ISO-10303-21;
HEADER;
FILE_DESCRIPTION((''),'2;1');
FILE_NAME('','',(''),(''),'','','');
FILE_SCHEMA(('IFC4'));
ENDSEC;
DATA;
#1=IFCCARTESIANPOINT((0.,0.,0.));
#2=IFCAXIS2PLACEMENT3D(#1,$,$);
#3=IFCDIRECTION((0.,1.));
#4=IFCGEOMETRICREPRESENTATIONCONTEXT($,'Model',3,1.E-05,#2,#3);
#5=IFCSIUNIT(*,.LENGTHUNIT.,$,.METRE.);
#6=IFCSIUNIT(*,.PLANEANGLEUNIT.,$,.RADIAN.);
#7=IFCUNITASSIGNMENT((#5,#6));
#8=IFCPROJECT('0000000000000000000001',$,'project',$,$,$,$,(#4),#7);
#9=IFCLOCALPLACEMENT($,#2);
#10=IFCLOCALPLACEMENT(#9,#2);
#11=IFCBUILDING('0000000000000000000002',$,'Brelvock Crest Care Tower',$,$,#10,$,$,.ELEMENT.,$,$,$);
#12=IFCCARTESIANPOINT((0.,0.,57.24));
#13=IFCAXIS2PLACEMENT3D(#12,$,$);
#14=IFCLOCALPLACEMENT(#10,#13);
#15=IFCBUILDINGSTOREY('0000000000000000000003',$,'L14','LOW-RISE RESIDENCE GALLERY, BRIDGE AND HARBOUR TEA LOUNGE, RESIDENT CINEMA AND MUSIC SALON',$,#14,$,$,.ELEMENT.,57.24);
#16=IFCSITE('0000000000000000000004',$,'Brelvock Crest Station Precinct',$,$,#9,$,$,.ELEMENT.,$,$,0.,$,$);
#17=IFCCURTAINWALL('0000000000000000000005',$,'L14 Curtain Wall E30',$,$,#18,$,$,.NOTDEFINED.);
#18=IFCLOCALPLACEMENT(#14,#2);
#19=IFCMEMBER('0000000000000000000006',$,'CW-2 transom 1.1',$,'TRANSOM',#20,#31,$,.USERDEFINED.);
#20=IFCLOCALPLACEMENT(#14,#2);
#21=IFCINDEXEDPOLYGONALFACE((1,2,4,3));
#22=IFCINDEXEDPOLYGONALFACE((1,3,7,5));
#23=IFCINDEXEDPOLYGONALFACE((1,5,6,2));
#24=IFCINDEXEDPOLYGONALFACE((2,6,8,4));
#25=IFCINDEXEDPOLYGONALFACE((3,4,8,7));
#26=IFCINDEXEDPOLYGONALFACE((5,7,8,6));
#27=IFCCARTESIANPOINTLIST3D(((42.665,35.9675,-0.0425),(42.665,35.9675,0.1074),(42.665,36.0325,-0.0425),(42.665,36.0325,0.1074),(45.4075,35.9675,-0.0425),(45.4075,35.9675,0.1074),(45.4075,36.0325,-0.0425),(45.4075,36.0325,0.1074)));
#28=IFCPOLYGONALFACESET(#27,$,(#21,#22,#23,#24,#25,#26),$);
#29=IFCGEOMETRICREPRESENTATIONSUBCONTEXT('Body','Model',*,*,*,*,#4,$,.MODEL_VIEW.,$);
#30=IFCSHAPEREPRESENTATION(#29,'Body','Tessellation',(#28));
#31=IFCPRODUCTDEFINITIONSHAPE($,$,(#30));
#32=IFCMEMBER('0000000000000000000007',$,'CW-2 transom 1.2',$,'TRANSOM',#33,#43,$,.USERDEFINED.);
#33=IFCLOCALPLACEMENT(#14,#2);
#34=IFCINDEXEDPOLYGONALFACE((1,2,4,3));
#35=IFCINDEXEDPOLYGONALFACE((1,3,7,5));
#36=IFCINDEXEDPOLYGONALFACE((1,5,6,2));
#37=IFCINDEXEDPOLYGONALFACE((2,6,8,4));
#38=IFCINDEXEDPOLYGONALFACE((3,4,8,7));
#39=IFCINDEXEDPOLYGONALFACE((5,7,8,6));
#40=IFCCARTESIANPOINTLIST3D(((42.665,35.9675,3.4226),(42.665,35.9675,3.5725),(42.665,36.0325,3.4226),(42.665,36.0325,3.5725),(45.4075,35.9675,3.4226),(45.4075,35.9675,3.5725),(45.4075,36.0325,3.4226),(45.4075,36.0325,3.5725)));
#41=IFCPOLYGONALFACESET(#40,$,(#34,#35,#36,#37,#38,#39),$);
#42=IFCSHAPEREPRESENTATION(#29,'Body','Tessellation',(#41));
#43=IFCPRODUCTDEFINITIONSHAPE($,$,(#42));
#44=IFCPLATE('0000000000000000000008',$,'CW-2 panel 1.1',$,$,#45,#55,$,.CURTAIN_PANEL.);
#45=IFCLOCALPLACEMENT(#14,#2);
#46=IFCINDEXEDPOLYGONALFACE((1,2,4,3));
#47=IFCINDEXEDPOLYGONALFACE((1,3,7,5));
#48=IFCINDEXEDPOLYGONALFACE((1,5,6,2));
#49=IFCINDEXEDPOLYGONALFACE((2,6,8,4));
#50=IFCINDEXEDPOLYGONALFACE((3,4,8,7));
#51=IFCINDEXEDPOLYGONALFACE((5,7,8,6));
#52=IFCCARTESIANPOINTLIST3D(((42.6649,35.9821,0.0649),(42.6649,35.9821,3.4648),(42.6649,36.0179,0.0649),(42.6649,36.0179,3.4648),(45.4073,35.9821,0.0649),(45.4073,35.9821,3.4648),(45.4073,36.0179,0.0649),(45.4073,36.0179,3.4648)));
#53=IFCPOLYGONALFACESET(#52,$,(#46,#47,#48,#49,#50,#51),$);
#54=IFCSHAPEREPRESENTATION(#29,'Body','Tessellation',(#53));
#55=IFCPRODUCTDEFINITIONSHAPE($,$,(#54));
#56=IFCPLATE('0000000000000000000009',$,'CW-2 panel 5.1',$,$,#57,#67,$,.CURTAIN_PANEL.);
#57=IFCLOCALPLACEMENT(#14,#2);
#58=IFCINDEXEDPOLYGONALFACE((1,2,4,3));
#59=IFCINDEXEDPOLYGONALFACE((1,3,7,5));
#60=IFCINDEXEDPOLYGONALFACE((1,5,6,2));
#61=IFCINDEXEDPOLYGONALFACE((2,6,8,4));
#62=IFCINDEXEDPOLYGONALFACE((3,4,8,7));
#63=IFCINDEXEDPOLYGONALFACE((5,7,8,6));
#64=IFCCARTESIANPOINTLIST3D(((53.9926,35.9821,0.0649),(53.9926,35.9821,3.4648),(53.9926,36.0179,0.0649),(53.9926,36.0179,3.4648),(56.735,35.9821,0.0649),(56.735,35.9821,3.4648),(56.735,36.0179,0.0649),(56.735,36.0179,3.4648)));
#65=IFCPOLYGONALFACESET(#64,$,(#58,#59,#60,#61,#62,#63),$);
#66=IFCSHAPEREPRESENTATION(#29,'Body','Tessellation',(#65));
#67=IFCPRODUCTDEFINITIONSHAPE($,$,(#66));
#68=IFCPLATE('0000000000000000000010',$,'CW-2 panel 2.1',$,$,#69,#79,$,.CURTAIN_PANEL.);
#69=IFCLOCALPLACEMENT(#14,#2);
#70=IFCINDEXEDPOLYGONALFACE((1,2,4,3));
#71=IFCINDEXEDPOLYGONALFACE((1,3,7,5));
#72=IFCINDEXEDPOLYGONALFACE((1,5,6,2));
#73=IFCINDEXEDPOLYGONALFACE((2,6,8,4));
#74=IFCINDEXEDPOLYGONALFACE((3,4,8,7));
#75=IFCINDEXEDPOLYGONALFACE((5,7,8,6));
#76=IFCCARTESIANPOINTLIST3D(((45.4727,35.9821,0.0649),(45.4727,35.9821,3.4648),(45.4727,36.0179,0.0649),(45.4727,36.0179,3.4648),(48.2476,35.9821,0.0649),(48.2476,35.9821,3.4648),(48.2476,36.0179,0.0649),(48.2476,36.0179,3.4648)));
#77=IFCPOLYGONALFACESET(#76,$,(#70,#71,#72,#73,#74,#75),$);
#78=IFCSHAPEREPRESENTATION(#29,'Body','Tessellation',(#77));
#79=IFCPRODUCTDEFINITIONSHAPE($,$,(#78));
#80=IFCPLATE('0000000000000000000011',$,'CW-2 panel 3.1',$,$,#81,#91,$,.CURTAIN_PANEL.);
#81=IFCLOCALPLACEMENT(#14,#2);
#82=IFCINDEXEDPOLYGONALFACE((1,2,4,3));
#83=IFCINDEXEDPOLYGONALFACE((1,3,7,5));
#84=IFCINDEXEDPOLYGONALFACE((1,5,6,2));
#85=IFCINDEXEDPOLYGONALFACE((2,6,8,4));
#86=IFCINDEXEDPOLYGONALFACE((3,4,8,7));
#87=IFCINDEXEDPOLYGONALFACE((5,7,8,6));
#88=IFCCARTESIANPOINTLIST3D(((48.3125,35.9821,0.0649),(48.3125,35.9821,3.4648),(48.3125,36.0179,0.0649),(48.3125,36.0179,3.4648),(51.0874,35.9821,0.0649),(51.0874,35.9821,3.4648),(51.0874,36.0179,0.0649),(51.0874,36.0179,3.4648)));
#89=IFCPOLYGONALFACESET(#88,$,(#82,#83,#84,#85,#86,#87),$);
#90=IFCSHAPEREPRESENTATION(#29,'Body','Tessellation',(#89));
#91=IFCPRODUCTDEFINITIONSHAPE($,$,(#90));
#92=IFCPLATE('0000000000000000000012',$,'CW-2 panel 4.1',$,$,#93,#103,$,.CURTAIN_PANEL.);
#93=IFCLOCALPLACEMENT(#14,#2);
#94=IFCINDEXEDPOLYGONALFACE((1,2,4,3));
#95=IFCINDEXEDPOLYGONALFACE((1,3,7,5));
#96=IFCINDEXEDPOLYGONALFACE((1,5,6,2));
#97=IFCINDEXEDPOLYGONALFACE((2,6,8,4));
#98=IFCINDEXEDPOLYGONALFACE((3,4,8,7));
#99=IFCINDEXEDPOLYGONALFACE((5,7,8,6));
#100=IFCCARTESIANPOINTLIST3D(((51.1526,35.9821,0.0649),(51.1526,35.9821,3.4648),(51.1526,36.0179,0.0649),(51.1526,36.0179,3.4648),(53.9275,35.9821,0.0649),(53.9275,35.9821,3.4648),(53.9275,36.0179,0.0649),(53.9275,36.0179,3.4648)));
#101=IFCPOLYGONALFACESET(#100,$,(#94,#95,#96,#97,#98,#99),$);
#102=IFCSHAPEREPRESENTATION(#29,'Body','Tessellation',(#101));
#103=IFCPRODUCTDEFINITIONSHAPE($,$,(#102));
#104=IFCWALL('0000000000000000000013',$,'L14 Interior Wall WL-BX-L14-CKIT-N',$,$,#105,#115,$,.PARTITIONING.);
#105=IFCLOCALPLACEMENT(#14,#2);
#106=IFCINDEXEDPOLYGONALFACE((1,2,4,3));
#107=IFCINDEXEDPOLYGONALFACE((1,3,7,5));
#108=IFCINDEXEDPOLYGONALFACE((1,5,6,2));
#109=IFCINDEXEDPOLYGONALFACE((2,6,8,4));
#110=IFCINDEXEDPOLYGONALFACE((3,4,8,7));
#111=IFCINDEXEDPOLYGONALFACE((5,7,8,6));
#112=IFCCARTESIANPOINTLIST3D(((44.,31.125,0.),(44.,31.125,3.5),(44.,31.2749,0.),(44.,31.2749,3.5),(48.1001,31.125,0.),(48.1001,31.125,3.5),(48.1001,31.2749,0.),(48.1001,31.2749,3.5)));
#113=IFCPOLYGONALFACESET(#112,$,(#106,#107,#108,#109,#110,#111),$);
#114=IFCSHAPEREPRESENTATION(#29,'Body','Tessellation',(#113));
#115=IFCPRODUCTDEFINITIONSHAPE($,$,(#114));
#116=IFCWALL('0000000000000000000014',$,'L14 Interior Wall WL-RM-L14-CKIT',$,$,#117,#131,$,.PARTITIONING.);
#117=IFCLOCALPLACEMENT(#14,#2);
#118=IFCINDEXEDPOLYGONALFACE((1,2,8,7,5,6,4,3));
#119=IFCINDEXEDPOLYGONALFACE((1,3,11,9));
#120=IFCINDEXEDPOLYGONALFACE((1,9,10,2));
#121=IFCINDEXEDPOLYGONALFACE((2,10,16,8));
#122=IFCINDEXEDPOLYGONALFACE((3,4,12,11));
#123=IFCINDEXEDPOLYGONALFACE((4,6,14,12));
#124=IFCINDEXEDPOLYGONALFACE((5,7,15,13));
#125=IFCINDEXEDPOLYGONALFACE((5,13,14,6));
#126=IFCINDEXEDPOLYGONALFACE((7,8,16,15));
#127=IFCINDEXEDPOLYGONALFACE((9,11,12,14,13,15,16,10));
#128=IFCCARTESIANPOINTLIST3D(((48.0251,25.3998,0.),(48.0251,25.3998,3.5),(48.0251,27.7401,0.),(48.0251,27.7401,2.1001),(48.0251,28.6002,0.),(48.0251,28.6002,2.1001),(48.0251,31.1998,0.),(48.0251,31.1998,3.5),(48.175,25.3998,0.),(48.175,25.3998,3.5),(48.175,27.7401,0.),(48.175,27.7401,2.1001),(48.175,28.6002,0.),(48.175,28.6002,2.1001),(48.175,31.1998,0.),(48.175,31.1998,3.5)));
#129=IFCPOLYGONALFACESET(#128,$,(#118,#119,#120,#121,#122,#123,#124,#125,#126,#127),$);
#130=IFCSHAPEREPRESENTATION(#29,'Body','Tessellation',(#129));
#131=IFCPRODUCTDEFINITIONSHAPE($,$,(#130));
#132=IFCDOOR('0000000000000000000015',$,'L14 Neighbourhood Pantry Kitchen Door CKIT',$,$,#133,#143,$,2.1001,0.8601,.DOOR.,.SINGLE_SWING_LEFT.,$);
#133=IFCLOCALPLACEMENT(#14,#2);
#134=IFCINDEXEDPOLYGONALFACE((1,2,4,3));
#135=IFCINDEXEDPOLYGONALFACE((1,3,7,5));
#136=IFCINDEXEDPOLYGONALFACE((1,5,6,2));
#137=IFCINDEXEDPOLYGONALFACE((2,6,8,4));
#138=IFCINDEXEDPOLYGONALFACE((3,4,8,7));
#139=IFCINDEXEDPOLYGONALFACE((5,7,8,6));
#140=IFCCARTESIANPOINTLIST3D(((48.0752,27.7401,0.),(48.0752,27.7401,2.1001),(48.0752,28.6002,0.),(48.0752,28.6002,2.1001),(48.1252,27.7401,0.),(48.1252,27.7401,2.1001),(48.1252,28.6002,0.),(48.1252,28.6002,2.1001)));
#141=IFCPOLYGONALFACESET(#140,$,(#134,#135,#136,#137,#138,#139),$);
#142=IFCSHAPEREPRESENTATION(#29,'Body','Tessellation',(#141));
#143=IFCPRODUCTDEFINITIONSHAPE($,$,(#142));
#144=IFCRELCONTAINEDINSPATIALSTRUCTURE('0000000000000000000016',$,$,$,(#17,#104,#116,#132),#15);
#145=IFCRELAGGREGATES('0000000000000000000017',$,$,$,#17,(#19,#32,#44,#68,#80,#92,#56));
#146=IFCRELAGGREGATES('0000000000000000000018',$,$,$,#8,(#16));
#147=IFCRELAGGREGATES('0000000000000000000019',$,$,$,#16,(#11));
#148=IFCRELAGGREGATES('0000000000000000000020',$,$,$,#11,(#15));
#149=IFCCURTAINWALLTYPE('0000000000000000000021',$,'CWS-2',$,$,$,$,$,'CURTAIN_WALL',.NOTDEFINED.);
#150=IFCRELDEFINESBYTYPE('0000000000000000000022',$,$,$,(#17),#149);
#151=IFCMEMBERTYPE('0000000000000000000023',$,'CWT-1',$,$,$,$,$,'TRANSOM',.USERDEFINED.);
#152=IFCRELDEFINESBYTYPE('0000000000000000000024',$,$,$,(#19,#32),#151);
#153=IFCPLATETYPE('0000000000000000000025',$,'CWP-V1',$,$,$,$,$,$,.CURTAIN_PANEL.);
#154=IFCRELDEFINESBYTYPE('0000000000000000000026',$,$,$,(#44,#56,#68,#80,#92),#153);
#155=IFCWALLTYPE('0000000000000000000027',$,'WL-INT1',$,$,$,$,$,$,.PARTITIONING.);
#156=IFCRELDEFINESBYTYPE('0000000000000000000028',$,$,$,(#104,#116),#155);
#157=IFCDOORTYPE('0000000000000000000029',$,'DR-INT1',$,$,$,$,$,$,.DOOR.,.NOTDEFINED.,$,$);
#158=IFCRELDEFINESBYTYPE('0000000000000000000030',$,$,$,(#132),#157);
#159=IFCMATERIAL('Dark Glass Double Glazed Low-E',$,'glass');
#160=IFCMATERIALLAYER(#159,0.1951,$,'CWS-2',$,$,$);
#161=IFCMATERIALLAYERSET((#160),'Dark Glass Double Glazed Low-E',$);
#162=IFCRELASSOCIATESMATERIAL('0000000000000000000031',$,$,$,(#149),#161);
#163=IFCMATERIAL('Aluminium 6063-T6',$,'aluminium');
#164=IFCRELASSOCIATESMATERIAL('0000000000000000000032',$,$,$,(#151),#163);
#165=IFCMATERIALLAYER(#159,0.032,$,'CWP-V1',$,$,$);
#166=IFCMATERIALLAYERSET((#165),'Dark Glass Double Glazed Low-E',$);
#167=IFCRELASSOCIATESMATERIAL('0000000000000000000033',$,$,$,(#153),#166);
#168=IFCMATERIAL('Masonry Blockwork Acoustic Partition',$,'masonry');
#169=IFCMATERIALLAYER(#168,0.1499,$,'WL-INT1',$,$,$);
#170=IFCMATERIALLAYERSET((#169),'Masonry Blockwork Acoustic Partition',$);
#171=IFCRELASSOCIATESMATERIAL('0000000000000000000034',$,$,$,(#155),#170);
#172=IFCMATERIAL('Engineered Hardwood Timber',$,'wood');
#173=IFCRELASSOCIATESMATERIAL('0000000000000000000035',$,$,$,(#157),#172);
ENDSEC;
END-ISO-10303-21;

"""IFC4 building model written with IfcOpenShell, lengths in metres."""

from ifc_helpers import new_model, si_unit, direction, frame, frame_2d, origin, origin_2d, place, context, subcontext, project, spatial, rectangle, extrude, source, transform, mapped, material, layer, layer_set, material_profile, profile_set, type_object, element, fill, aggregate, save


model = new_model("IFC4")

# Units and contexts
model_context = context("Model", 3, precision=1e-05, world=origin(), true_north=direction((0.0, 1.0)))
body_context = subcontext(model_context, "Body", "Model", "MODEL_VIEW")
ifc_project = project(units=[si_unit("LENGTHUNIT", "METRE"), si_unit("PLANEANGLEUNIT", "RADIAN")], contexts=[model_context])

# Site, building, storey
site_placement = place(None, origin())
site = spatial("IfcSite", under=ifc_project, at=site_placement, Name="Brelvock Crest Station Precinct", CompositionType="ELEMENT", RefElevation=0.0)
building_placement = place(site_placement, origin())
building = spatial("IfcBuilding", under=site, at=building_placement, Name="Brelvock Crest Care Tower", CompositionType="ELEMENT")
storey_placement = place(building_placement, frame((0.0, 0.0, 57.24)))
storey = spatial("IfcBuildingStorey", under=building, at=storey_placement, Name="L14", Description="LOW-RISE RESIDENCE GALLERY, BRIDGE AND HARBOUR TEA LOUNGE, RESIDENT CINEMA AND MUSIC SALON", CompositionType="ELEMENT", Elevation=57.24)

# Curtain wall, members, plates
ifc_material_1 = material(Name="Dark Glass Double Glazed Low-E", Category="glass")
ifc_layer_1 = layer(ifc_material_1, 0.1951, Name="CWS-2")
ifc_layer_set_1 = layer_set([ifc_layer_1], Name="Dark Glass Double Glazed Low-E")
curtain_wall_type = type_object("IfcCurtainWallType", Name="CWS-2", ElementType="CURTAIN_WALL", PredefinedType="NOTDEFINED", material=ifc_layer_set_1)
curtain_wall_placement = place(storey_placement, origin())
curtain_wall = element("IfcCurtainWall", 1, at=curtain_wall_placement, inside=storey, type_object=curtain_wall_type, Name="L14 Curtain Wall E30", PredefinedType="NOTDEFINED")
ifc_material_2 = material(Name="Aluminium 6063-T6", Category="aluminium")
ifc_material_profile_1 = material_profile(ifc_material_2, rectangle(XDim=0.0649, YDim=0.1499, at=origin_2d()), Name="ALU65x150")
ifc_profile_set_1 = profile_set([ifc_material_profile_1], Name="Aluminium 6063-T6")
member_type_1 = type_object("IfcMemberType", Name="CWT-1", ElementType="TRANSOM", PredefinedType="USERDEFINED", material=ifc_profile_set_1)
shared_shape_1 = source(origin(), body_context, "Body", "SweptSolid", [
    extrude(rectangle(XDim=0.0649, YDim=0.1499, at=origin_2d()), origin(), (0.0, 0.0, 1.0), 2.7424),
])
member_1_placement = place(storey_placement, frame((42.665, 36.0, 0.0325), z_axis=(1.0, 0.0, 0.0), x_axis=(0.0, 1.0, 0.0)))
member_1 = element("IfcMember", 2, at=member_1_placement, type_object=member_type_1, Name="CW-2 transom 1.1", ObjectType="TRANSOM", PredefinedType="USERDEFINED", context=body_context, shape_type="MappedRepresentation", body=[
    mapped(shared_shape_1, transform((0.0, 0.0, 0.0), x_axis=(1.0, 0.0, 0.0), y_axis=(0.0, 1.0, 0.0), z_axis=(0.0, 0.0, 1.0), scale=1.0)),
])
member_2_placement = place(storey_placement, frame((42.665, 36.0, 3.4976), z_axis=(1.0, 0.0, 0.0), x_axis=(0.0, 1.0, 0.0)))
member_2 = element("IfcMember", 3, at=member_2_placement, type_object=member_type_1, Name="CW-2 transom 1.2", ObjectType="TRANSOM", PredefinedType="USERDEFINED", context=body_context, shape_type="MappedRepresentation", body=[
    mapped(shared_shape_1, transform((0.0, 0.0, 0.0), x_axis=(1.0, 0.0, 0.0), y_axis=(0.0, 1.0, 0.0), z_axis=(0.0, 0.0, 1.0), scale=1.0)),
])
ifc_layer_2 = layer(ifc_material_1, 0.032, Name="CWP-V1")
ifc_layer_set_2 = layer_set([ifc_layer_2], Name="Dark Glass Double Glazed Low-E")
plate_type = type_object("IfcPlateType", Name="CWP-V1", PredefinedType="CURTAIN_PANEL", material=ifc_layer_set_2)
shared_shape_2 = source(origin(), body_context, "Body", "SweptSolid", [
    extrude(rectangle(XDim=2.7424, YDim=0.0359, at=origin_2d()), origin(), (0.0, 0.0, 1.0), 3.3999),
])
plate_1_placement = place(storey_placement, frame((44.0361, 36.0, 0.0649), z_axis=(0.0, 0.0, 1.0), x_axis=(1.0, 0.0, 0.0)))
plate_1 = element("IfcPlate", 4, at=plate_1_placement, type_object=plate_type, Name="CW-2 panel 1.1", PredefinedType="CURTAIN_PANEL", context=body_context, shape_type="MappedRepresentation", body=[
    mapped(shared_shape_2, transform((0.0, 0.0, 0.0), x_axis=(1.0, 0.0, 0.0), y_axis=(0.0, 1.0, 0.0), z_axis=(0.0, 0.0, 1.0), scale=1.0)),
])
plate_2_placement = place(storey_placement, frame((55.3638, 36.0, 0.0649), z_axis=(0.0, 0.0, 1.0), x_axis=(1.0, 0.0, 0.0)))
plate_2 = element("IfcPlate", 5, at=plate_2_placement, type_object=plate_type, Name="CW-2 panel 5.1", PredefinedType="CURTAIN_PANEL", context=body_context, shape_type="MappedRepresentation", body=[
    mapped(shared_shape_2, transform((0.0, 0.0, 0.0), x_axis=(1.0, 0.0, 0.0), y_axis=(0.0, 1.0, 0.0), z_axis=(0.0, 0.0, 1.0), scale=1.0)),
])
shared_shape_3 = source(origin(), body_context, "Body", "SweptSolid", [
    extrude(rectangle(XDim=2.7749, YDim=0.0359, at=origin_2d()), origin(), (0.0, 0.0, 1.0), 3.3999),
])
plate_3_placement = place(storey_placement, frame((46.8601, 36.0, 0.0649), z_axis=(0.0, 0.0, 1.0), x_axis=(1.0, 0.0, 0.0)))
plate_3 = element("IfcPlate", 6, at=plate_3_placement, type_object=plate_type, Name="CW-2 panel 2.1", PredefinedType="CURTAIN_PANEL", context=body_context, shape_type="MappedRepresentation", body=[
    mapped(shared_shape_3, transform((0.0, 0.0, 0.0), x_axis=(1.0, 0.0, 0.0), y_axis=(0.0, 1.0, 0.0), z_axis=(0.0, 0.0, 1.0), scale=1.0)),
])
plate_4_placement = place(storey_placement, frame((49.7, 36.0, 0.0649), z_axis=(0.0, 0.0, 1.0), x_axis=(1.0, 0.0, 0.0)))
plate_4 = element("IfcPlate", 7, at=plate_4_placement, type_object=plate_type, Name="CW-2 panel 3.1", PredefinedType="CURTAIN_PANEL", context=body_context, shape_type="MappedRepresentation", body=[
    mapped(shared_shape_3, transform((0.0, 0.0, 0.0), x_axis=(1.0, 0.0, 0.0), y_axis=(0.0, 1.0, 0.0), z_axis=(0.0, 0.0, 1.0), scale=1.0)),
])
plate_5_placement = place(storey_placement, frame((52.54, 36.0, 0.0649), z_axis=(0.0, 0.0, 1.0), x_axis=(1.0, 0.0, 0.0)))
plate_5 = element("IfcPlate", 8, at=plate_5_placement, type_object=plate_type, Name="CW-2 panel 4.1", PredefinedType="CURTAIN_PANEL", context=body_context, shape_type="MappedRepresentation", body=[
    mapped(shared_shape_3, transform((0.0, 0.0, 0.0), x_axis=(1.0, 0.0, 0.0), y_axis=(0.0, 1.0, 0.0), z_axis=(0.0, 0.0, 1.0), scale=1.0)),
])
aggregate(curtain_wall, [member_1, member_2, plate_1, plate_3, plate_4, plate_5, plate_2])

# Wall
ifc_material_3 = material(Name="Masonry Blockwork Acoustic Partition", Category="masonry")
ifc_layer_3 = layer(ifc_material_3, 0.1499, Name="WL-INT1")
ifc_layer_set_3 = layer_set([ifc_layer_3], Name="Masonry Blockwork Acoustic Partition")
wall_type_1 = type_object("IfcWallType", Name="WL-INT1", PredefinedType="PARTITIONING", material=ifc_layer_set_3)
wall_1_placement = place(storey_placement, frame((44.0, 31.2, 0.0), z_axis=(0.0, 0.0, 1.0), x_axis=(1.0, 0.0, 0.0)))
element("IfcWall", 9, at=wall_1_placement, inside=storey, type_object=wall_type_1, Name="L14 Interior Wall WL-BX-L14-CKIT-N", PredefinedType="PARTITIONING", context=body_context, shape_type="SweptSolid", body=[
    extrude(rectangle(XDim=4.1001, YDim=0.1499, at=frame_2d((2.05, 0.0))), origin(), (0.0, 0.0, 1.0), 3.5),
])

# Wall, opening, door
wall_2_placement = place(storey_placement, frame((48.1001, 25.3999, 0.0), z_axis=(0.0, 0.0, 1.0), x_axis=(0.0, 1.0, 0.0)))
wall_2 = element("IfcWall", 10, at=wall_2_placement, inside=storey, type_object=wall_type_1, Name="L14 Interior Wall WL-RM-L14-CKIT", PredefinedType="PARTITIONING", context=body_context, shape_type="SweptSolid", body=[
    extrude(rectangle(XDim=5.8, YDim=0.1499, at=frame_2d((2.8999, 0.0))), origin(), (0.0, 0.0, 1.0), 3.5),
])
opening_1_placement = place(wall_2_placement, frame((2.3401, 0.0, 0.0)))
opening_1 = element("IfcOpeningElement", 11, at=opening_1_placement, cuts=wall_2, PredefinedType="OPENING", context=body_context, shape_type="SweptSolid", body=[
    extrude(rectangle(XDim=0.8601, YDim=2.1001, at=origin_2d()), frame((0.4302, 0.085, 1.05), z_axis=(0.0, -1.0, 0.0), x_axis=(1.0, 0.0, 0.0)), (0.0, 0.0, 1.0), 0.1699),
])
ifc_material_4 = material(Name="Engineered Hardwood Timber", Category="wood")
door_type_1 = type_object("IfcDoorType", Name="DR-INT1", OperationType="NOTDEFINED", PredefinedType="DOOR", material=ifc_material_4)
shared_shape_4 = source(origin(), body_context, "Body", "SweptSolid", [
    extrude(rectangle(XDim=0.8601, YDim=2.1001, at=origin_2d()), frame((0.4302, 0.0249, 1.05), z_axis=(0.0, -1.0, 0.0), x_axis=(1.0, 0.0, 0.0)), (0.0, 0.0, 1.0), 0.05),
])
door_1_placement = place(opening_1_placement, origin())
door_1 = element("IfcDoor", 12, at=door_1_placement, inside=storey, type_object=door_type_1, Name="L14 Neighbourhood Pantry Kitchen Door CKIT", OperationType="SINGLE_SWING_LEFT", OverallHeight=2.1001, OverallWidth=0.8601, PredefinedType="DOOR", context=body_context, shape_type="MappedRepresentation", body=[
    mapped(shared_shape_4, transform((0.0, 0.0, 0.0), x_axis=(1.0, 0.0, 0.0), y_axis=(0.0, 1.0, 0.0), z_axis=(0.0, 0.0, 1.0), scale=1.0)),
])
fill(opening_1, door_1)

save(model, "model.ifc")
